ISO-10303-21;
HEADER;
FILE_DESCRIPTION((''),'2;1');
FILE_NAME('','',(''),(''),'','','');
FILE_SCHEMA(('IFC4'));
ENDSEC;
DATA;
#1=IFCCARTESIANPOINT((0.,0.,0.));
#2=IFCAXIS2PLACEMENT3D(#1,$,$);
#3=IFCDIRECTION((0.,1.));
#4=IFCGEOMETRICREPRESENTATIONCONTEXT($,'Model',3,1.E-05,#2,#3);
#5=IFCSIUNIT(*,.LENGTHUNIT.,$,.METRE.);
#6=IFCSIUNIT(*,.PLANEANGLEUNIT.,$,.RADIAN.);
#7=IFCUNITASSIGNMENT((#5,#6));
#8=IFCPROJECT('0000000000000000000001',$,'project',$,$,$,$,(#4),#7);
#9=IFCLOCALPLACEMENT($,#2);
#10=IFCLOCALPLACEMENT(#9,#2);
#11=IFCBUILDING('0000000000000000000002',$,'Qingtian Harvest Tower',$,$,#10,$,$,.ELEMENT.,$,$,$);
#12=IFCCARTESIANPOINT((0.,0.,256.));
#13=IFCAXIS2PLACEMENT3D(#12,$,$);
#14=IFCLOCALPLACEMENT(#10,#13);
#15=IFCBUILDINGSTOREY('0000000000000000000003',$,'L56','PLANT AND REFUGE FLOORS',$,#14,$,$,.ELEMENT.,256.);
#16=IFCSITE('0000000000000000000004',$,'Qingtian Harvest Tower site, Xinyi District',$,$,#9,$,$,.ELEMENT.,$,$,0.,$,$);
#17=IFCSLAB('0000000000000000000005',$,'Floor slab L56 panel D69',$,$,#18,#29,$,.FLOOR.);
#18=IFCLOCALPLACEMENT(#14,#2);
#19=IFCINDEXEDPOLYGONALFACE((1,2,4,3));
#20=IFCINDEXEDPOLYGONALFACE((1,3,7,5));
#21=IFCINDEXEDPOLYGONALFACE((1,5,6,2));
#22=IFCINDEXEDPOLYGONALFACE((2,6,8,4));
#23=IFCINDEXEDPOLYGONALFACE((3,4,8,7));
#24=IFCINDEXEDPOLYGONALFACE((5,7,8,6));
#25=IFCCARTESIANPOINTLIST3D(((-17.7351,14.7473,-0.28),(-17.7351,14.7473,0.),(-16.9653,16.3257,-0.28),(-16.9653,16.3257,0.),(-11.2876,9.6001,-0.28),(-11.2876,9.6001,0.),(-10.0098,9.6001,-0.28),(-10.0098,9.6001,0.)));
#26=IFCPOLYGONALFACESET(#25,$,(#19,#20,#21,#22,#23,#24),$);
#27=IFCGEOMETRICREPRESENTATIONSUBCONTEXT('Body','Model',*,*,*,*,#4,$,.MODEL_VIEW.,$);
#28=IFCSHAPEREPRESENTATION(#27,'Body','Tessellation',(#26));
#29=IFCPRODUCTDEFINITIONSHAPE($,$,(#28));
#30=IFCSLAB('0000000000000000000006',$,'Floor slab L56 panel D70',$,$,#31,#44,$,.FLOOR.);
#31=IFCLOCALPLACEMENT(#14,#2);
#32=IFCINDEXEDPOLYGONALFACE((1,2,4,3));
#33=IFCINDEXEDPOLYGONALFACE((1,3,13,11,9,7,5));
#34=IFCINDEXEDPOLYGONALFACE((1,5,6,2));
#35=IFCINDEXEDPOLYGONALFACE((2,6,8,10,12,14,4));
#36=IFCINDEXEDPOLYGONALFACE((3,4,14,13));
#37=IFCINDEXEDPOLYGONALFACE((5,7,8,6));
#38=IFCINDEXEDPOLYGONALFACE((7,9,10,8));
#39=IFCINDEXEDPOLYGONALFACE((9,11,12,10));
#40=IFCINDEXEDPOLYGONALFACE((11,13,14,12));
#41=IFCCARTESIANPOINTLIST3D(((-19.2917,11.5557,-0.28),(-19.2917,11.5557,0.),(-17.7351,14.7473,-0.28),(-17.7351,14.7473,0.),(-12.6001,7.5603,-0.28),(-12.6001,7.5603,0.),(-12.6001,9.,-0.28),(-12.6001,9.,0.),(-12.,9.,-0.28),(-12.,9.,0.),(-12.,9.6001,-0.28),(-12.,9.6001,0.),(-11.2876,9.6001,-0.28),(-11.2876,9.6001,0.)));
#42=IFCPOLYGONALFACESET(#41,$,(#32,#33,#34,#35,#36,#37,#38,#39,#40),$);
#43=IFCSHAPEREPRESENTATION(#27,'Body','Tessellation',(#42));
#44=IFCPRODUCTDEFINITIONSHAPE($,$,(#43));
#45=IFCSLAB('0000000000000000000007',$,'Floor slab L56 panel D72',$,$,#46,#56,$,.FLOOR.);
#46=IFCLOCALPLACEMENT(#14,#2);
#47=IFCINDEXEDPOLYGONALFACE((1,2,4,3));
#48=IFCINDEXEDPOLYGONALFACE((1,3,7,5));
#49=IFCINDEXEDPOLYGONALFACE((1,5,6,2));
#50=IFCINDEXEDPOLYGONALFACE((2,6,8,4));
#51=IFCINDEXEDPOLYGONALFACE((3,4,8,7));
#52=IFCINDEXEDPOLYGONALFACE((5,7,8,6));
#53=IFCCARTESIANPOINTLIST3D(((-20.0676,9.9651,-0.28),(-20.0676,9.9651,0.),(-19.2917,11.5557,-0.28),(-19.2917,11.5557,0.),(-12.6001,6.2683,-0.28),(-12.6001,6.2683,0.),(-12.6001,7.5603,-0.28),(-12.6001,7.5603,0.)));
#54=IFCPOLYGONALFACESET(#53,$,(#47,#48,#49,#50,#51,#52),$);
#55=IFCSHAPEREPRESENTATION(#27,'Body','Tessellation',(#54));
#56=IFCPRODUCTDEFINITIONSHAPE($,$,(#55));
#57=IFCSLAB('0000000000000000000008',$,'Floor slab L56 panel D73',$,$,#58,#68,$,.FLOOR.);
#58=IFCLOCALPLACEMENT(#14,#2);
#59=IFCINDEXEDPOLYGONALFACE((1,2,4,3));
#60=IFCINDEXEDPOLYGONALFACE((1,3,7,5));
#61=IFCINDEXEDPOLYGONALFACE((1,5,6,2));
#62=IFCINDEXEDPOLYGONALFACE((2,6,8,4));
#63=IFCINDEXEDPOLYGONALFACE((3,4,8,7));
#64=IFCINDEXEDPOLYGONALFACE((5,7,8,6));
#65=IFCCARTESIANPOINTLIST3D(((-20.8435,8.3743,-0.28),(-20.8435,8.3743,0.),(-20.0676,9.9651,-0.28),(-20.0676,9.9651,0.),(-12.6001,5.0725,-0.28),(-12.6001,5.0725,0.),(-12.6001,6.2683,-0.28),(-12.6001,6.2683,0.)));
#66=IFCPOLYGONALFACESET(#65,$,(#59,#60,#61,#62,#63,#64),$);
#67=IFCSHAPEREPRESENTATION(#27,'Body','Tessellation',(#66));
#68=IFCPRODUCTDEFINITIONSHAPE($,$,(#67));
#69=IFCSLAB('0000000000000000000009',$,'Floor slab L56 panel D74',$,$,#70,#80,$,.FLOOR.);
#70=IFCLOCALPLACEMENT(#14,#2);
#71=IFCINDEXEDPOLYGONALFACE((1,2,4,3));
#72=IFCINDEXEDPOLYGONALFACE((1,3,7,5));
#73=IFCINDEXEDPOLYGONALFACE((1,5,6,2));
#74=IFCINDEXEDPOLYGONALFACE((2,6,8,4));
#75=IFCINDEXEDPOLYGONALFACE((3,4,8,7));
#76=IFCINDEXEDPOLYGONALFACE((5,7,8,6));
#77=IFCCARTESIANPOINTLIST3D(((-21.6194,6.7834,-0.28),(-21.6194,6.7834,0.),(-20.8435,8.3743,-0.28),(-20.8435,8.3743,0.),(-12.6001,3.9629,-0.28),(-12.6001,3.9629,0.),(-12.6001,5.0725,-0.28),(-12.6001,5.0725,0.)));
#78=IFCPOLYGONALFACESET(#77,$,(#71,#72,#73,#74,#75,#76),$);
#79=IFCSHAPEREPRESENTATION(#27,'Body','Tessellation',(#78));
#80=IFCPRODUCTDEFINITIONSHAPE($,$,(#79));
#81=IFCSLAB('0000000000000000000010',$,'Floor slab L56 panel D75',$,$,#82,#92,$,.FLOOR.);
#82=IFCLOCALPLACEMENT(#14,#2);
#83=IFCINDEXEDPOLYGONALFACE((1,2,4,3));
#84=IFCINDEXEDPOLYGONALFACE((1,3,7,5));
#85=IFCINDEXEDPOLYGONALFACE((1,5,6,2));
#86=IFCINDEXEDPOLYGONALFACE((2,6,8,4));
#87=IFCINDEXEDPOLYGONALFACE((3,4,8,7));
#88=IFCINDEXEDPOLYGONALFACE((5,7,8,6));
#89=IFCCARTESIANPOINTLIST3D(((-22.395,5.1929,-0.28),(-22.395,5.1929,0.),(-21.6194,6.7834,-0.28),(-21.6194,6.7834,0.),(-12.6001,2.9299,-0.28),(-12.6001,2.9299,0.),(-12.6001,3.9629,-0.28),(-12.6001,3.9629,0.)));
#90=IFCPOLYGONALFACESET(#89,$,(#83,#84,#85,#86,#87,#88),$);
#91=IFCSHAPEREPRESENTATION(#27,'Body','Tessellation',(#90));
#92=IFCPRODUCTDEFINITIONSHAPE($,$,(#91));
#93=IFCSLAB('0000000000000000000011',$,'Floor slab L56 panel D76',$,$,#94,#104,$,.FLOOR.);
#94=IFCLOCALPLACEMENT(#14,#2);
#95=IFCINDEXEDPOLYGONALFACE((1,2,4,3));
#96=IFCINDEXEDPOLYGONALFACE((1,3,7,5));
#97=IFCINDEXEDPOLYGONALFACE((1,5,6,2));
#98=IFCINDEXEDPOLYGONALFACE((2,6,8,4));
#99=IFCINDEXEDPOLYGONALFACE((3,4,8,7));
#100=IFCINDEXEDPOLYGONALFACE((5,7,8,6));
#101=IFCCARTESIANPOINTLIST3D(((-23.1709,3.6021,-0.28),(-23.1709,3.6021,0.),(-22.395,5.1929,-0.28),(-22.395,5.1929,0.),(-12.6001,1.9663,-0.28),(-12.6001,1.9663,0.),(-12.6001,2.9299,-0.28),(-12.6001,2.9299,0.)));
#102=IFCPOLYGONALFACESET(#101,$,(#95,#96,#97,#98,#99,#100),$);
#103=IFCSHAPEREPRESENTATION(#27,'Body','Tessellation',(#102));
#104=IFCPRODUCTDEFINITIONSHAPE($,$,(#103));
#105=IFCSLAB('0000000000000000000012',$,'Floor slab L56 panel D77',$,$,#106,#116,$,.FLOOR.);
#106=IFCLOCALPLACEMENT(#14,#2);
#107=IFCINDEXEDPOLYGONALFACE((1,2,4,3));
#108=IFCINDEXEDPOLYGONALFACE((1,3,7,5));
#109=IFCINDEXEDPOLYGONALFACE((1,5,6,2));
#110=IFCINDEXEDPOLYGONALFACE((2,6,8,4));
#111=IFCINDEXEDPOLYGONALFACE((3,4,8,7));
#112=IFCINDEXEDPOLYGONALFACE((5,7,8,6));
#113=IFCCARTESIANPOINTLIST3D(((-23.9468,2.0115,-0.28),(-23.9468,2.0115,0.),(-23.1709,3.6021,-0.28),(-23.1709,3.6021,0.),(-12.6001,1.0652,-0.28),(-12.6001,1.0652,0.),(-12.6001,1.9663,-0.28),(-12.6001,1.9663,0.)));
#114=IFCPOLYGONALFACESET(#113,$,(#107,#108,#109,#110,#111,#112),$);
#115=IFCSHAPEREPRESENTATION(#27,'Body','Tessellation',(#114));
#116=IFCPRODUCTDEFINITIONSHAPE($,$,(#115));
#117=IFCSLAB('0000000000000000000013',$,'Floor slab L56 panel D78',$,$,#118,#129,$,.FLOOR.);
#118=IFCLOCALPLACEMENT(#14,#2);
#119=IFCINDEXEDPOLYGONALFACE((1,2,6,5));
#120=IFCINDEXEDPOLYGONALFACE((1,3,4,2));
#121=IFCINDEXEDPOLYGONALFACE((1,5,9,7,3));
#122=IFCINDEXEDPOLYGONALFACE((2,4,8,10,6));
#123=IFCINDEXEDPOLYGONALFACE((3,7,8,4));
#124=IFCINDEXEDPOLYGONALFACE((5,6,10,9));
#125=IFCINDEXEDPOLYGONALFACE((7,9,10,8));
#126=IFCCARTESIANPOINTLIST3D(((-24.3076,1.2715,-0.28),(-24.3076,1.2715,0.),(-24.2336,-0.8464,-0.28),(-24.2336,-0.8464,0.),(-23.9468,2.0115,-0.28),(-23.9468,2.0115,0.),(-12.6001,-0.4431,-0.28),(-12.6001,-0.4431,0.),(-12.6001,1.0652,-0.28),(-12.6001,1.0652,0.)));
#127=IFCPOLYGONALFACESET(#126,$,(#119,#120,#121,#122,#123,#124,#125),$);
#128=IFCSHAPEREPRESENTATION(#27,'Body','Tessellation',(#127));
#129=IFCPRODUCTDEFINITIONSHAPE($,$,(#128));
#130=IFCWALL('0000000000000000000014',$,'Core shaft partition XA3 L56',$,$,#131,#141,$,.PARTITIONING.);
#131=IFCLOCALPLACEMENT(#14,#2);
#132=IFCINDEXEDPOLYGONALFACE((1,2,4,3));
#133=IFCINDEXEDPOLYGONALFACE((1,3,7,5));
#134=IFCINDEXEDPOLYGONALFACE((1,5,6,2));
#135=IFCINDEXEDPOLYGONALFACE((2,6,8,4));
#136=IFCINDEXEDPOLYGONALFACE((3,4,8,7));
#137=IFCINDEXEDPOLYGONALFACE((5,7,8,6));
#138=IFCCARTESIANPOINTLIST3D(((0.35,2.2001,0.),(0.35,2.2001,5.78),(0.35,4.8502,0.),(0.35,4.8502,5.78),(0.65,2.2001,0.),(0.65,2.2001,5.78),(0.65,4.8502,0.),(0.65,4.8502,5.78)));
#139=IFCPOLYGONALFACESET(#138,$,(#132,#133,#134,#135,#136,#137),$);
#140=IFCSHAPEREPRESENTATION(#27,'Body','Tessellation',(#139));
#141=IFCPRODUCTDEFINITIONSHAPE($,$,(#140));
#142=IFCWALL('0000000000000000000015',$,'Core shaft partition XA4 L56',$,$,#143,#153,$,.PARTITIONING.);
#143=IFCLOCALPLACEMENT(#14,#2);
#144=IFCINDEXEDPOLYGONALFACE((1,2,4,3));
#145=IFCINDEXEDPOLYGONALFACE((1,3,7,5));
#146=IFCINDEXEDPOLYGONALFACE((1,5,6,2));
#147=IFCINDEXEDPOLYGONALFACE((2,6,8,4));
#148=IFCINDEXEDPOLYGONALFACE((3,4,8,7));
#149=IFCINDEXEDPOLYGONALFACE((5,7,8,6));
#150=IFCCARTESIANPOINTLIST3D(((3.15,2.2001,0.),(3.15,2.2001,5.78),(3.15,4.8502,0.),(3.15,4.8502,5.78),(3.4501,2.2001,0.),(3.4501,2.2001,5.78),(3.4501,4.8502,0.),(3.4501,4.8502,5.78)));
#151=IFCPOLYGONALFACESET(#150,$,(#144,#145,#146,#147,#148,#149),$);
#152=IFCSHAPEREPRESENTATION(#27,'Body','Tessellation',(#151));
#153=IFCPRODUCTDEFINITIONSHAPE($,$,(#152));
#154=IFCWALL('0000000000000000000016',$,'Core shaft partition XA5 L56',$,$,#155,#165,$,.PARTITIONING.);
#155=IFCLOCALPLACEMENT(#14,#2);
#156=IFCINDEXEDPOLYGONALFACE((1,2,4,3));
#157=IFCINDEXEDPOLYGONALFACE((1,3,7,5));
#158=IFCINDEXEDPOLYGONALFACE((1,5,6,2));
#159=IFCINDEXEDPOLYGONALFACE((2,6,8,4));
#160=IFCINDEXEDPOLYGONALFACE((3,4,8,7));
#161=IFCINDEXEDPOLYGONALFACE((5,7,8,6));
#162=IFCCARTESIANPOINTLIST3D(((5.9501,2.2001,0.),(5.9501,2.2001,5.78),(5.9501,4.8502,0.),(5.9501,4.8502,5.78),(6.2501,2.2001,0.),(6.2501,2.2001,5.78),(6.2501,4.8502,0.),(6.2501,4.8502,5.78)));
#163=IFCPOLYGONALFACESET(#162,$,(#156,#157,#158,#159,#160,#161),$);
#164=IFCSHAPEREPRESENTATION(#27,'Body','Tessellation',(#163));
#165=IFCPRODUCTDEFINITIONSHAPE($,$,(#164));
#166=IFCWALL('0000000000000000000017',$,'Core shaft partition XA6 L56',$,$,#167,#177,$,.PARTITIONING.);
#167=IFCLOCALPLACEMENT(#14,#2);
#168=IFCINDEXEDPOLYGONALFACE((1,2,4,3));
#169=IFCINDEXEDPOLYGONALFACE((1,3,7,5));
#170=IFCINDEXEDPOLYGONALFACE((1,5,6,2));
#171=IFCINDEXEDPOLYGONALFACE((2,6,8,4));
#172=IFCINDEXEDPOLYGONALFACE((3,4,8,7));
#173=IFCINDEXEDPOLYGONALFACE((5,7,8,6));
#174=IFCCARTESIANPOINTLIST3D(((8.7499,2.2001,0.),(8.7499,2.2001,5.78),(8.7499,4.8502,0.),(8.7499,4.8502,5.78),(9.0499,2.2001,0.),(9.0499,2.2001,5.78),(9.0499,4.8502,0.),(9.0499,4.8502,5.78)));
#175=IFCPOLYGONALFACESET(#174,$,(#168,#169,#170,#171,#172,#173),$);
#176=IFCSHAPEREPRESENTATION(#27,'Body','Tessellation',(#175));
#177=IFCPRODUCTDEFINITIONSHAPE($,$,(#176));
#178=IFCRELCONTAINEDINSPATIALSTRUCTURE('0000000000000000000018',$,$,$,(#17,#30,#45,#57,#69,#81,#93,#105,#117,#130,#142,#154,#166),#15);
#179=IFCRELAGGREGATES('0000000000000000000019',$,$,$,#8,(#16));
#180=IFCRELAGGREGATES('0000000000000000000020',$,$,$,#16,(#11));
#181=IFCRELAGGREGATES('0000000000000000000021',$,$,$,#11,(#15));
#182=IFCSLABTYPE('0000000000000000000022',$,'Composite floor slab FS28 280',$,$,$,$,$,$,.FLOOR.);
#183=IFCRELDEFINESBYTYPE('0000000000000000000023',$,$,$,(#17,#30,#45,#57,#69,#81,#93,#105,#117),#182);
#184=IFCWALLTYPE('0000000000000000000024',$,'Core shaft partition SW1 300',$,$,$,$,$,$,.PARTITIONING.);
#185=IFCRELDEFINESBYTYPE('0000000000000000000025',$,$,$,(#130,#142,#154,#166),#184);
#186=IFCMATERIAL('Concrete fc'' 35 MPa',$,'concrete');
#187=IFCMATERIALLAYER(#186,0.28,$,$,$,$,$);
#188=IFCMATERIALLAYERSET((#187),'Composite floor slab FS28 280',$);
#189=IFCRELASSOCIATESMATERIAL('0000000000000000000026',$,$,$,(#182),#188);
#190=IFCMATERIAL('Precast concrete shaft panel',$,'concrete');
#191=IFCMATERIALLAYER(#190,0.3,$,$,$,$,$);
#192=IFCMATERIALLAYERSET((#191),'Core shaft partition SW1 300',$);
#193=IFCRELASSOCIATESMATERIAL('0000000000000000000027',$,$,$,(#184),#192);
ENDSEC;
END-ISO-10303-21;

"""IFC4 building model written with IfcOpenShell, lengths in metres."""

from ifc_helpers import new_model, si_unit, direction, frame, frame_2d, origin, place, context, subcontext, project, spatial, polyline, rectangle, outline, extrude, material, layer, layer_set, type_object, element, save


model = new_model("IFC4")

# Units and contexts
model_context = context("Model", 3, precision=1e-05, world=origin(), true_north=direction((0.0, 1.0)))
body_context = subcontext(model_context, "Body", "Model", "MODEL_VIEW")
ifc_project = project(units=[si_unit("LENGTHUNIT", "METRE"), si_unit("PLANEANGLEUNIT", "RADIAN")], contexts=[model_context])

# Site, building, storey
site_placement = place(None, origin())
site = spatial("IfcSite", under=ifc_project, at=site_placement, Name="Qingtian Harvest Tower site, Xinyi District", CompositionType="ELEMENT", RefElevation=0.0)
building_placement = place(site_placement, origin())
building = spatial("IfcBuilding", under=site, at=building_placement, Name="Qingtian Harvest Tower", CompositionType="ELEMENT")
storey_placement = place(building_placement, frame((0.0, 0.0, 256.0)))
storey = spatial("IfcBuildingStorey", under=building, at=storey_placement, Name="L56", Description="PLANT AND REFUGE FLOORS", CompositionType="ELEMENT", Elevation=256.0)

# Slabs
ifc_material_1 = material(Name="Concrete fc' 35 MPa", Category="concrete")
ifc_layer_1 = layer(ifc_material_1, 0.28)
ifc_layer_set_1 = layer_set([ifc_layer_1], Name="Composite floor slab FS28 280")
slab_type = type_object("IfcSlabType", Name="Composite floor slab FS28 280", PredefinedType="FLOOR", material=ifc_layer_set_1)
slab_1_placement = place(storey_placement, frame((0.0, 0.0, -0.28)))
element("IfcSlab", 1, at=slab_1_placement, inside=storey, type_object=slab_type, Name="Floor slab L56 panel D69", PredefinedType="FLOOR", context=body_context, shape_type="SweptSolid", body=[
    extrude(outline(polyline([(-11.2876, 9.6001), (-17.7351, 14.7473), (-16.9653, 16.3257), (-10.0098, 9.6001), (-11.2876, 9.6001)])), origin(), (0.0, 0.0, 1.0), 0.28),
])
slab_2_placement = place(storey_placement, frame((0.0, 0.0, -0.28)))
element("IfcSlab", 2, at=slab_2_placement, inside=storey, type_object=slab_type, Name="Floor slab L56 panel D70", PredefinedType="FLOOR", context=body_context, shape_type="SweptSolid", body=[
    extrude(outline(polyline([(-12.0, 9.0), (-12.6001, 9.0), (-12.6001, 7.5603), (-19.2917, 11.5557), (-17.7351, 14.7473), (-11.2876, 9.6001), (-12.0, 9.6001), (-12.0, 9.0)])), origin(), (0.0, 0.0, 1.0), 0.28),
])
slab_3_placement = place(storey_placement, frame((0.0, 0.0, -0.28)))
element("IfcSlab", 3, at=slab_3_placement, inside=storey, type_object=slab_type, Name="Floor slab L56 panel D72", PredefinedType="FLOOR", context=body_context, shape_type="SweptSolid", body=[
    extrude(outline(polyline([(-12.6001, 6.2683), (-20.0676, 9.9651), (-19.2917, 11.5557), (-12.6001, 7.5603), (-12.6001, 6.2683)])), origin(), (0.0, 0.0, 1.0), 0.28),
])
slab_4_placement = place(storey_placement, frame((0.0, 0.0, -0.28)))
element("IfcSlab", 4, at=slab_4_placement, inside=storey, type_object=slab_type, Name="Floor slab L56 panel D73", PredefinedType="FLOOR", context=body_context, shape_type="SweptSolid", body=[
    extrude(outline(polyline([(-12.6001, 5.0725), (-20.8435, 8.3743), (-20.0676, 9.9651), (-12.6001, 6.2683), (-12.6001, 5.0725)])), origin(), (0.0, 0.0, 1.0), 0.28),
])
slab_5_placement = place(storey_placement, frame((0.0, 0.0, -0.28)))
element("IfcSlab", 5, at=slab_5_placement, inside=storey, type_object=slab_type, Name="Floor slab L56 panel D74", PredefinedType="FLOOR", context=body_context, shape_type="SweptSolid", body=[
    extrude(outline(polyline([(-12.6001, 3.9629), (-21.6194, 6.7834), (-20.8435, 8.3743), (-12.6001, 5.0725), (-12.6001, 3.9629)])), origin(), (0.0, 0.0, 1.0), 0.28),
])
slab_6_placement = place(storey_placement, frame((0.0, 0.0, -0.28)))
element("IfcSlab", 6, at=slab_6_placement, inside=storey, type_object=slab_type, Name="Floor slab L56 panel D75", PredefinedType="FLOOR", context=body_context, shape_type="SweptSolid", body=[
    extrude(outline(polyline([(-12.6001, 2.9299), (-22.395, 5.1929), (-21.6194, 6.7834), (-12.6001, 3.9629), (-12.6001, 2.9299)])), origin(), (0.0, 0.0, 1.0), 0.28),
])
slab_7_placement = place(storey_placement, frame((0.0, 0.0, -0.28)))
element("IfcSlab", 7, at=slab_7_placement, inside=storey, type_object=slab_type, Name="Floor slab L56 panel D76", PredefinedType="FLOOR", context=body_context, shape_type="SweptSolid", body=[
    extrude(outline(polyline([(-12.6001, 1.9663), (-23.1709, 3.6021), (-22.395, 5.1929), (-12.6001, 2.9299), (-12.6001, 1.9663)])), origin(), (0.0, 0.0, 1.0), 0.28),
])
slab_8_placement = place(storey_placement, frame((0.0, 0.0, -0.28)))
element("IfcSlab", 8, at=slab_8_placement, inside=storey, type_object=slab_type, Name="Floor slab L56 panel D77", PredefinedType="FLOOR", context=body_context, shape_type="SweptSolid", body=[
    extrude(outline(polyline([(-12.6001, 1.0652), (-23.9468, 2.0115), (-23.1709, 3.6021), (-12.6001, 1.9663), (-12.6001, 1.0652)])), origin(), (0.0, 0.0, 1.0), 0.28),
])
slab_9_placement = place(storey_placement, frame((0.0, 0.0, -0.28)))
element("IfcSlab", 9, at=slab_9_placement, inside=storey, type_object=slab_type, Name="Floor slab L56 panel D78", PredefinedType="FLOOR", context=body_context, shape_type="SweptSolid", body=[
    extrude(outline(polyline([(-12.6001, 1.0652), (-12.6001, -0.4431), (-24.2336, -0.8464), (-24.3076, 1.2715), (-23.9468, 2.0115), (-12.6001, 1.0652)])), origin(), (0.0, 0.0, 1.0), 0.28),
])

# Walls
ifc_material_2 = material(Name="Precast concrete shaft panel", Category="concrete")
ifc_layer_2 = layer(ifc_material_2, 0.3)
ifc_layer_set_2 = layer_set([ifc_layer_2], Name="Core shaft partition SW1 300")
wall_type = type_object("IfcWallType", Name="Core shaft partition SW1 300", PredefinedType="PARTITIONING", material=ifc_layer_set_2)
for number, where, z_axis, x_axis, name in (
    (10, (0.5, 2.2, 0.0), (0.0, 0.0, 1.0), (0.0, 1.0, 0.0), "Core shaft partition XA3 L56"),
    (11, (3.3, 2.2, 0.0), (0.0, 0.0, 1.0), (0.0, 1.0, 0.0), "Core shaft partition XA4 L56"),
    (12, (6.1001, 2.2, 0.0), (0.0, 0.0, 1.0), (0.0, 1.0, 0.0), "Core shaft partition XA5 L56"),
    (13, (8.8999, 2.2, 0.0), (0.0, 0.0, 1.0), (0.0, 1.0, 0.0), "Core shaft partition XA6 L56"),
):
    element("IfcWall", number, at=place(storey_placement, frame(where, z_axis=z_axis, x_axis=x_axis)), inside=storey, type_object=wall_type, Name=name, PredefinedType="PARTITIONING", context=body_context, shape_type="SweptSolid", body=[
        extrude(rectangle(XDim=2.6501, YDim=0.3, at=frame_2d((1.3252, 0.0))), origin(), (0.0, 0.0, 1.0), 5.78),
    ])

save(model, "model.ifc")
